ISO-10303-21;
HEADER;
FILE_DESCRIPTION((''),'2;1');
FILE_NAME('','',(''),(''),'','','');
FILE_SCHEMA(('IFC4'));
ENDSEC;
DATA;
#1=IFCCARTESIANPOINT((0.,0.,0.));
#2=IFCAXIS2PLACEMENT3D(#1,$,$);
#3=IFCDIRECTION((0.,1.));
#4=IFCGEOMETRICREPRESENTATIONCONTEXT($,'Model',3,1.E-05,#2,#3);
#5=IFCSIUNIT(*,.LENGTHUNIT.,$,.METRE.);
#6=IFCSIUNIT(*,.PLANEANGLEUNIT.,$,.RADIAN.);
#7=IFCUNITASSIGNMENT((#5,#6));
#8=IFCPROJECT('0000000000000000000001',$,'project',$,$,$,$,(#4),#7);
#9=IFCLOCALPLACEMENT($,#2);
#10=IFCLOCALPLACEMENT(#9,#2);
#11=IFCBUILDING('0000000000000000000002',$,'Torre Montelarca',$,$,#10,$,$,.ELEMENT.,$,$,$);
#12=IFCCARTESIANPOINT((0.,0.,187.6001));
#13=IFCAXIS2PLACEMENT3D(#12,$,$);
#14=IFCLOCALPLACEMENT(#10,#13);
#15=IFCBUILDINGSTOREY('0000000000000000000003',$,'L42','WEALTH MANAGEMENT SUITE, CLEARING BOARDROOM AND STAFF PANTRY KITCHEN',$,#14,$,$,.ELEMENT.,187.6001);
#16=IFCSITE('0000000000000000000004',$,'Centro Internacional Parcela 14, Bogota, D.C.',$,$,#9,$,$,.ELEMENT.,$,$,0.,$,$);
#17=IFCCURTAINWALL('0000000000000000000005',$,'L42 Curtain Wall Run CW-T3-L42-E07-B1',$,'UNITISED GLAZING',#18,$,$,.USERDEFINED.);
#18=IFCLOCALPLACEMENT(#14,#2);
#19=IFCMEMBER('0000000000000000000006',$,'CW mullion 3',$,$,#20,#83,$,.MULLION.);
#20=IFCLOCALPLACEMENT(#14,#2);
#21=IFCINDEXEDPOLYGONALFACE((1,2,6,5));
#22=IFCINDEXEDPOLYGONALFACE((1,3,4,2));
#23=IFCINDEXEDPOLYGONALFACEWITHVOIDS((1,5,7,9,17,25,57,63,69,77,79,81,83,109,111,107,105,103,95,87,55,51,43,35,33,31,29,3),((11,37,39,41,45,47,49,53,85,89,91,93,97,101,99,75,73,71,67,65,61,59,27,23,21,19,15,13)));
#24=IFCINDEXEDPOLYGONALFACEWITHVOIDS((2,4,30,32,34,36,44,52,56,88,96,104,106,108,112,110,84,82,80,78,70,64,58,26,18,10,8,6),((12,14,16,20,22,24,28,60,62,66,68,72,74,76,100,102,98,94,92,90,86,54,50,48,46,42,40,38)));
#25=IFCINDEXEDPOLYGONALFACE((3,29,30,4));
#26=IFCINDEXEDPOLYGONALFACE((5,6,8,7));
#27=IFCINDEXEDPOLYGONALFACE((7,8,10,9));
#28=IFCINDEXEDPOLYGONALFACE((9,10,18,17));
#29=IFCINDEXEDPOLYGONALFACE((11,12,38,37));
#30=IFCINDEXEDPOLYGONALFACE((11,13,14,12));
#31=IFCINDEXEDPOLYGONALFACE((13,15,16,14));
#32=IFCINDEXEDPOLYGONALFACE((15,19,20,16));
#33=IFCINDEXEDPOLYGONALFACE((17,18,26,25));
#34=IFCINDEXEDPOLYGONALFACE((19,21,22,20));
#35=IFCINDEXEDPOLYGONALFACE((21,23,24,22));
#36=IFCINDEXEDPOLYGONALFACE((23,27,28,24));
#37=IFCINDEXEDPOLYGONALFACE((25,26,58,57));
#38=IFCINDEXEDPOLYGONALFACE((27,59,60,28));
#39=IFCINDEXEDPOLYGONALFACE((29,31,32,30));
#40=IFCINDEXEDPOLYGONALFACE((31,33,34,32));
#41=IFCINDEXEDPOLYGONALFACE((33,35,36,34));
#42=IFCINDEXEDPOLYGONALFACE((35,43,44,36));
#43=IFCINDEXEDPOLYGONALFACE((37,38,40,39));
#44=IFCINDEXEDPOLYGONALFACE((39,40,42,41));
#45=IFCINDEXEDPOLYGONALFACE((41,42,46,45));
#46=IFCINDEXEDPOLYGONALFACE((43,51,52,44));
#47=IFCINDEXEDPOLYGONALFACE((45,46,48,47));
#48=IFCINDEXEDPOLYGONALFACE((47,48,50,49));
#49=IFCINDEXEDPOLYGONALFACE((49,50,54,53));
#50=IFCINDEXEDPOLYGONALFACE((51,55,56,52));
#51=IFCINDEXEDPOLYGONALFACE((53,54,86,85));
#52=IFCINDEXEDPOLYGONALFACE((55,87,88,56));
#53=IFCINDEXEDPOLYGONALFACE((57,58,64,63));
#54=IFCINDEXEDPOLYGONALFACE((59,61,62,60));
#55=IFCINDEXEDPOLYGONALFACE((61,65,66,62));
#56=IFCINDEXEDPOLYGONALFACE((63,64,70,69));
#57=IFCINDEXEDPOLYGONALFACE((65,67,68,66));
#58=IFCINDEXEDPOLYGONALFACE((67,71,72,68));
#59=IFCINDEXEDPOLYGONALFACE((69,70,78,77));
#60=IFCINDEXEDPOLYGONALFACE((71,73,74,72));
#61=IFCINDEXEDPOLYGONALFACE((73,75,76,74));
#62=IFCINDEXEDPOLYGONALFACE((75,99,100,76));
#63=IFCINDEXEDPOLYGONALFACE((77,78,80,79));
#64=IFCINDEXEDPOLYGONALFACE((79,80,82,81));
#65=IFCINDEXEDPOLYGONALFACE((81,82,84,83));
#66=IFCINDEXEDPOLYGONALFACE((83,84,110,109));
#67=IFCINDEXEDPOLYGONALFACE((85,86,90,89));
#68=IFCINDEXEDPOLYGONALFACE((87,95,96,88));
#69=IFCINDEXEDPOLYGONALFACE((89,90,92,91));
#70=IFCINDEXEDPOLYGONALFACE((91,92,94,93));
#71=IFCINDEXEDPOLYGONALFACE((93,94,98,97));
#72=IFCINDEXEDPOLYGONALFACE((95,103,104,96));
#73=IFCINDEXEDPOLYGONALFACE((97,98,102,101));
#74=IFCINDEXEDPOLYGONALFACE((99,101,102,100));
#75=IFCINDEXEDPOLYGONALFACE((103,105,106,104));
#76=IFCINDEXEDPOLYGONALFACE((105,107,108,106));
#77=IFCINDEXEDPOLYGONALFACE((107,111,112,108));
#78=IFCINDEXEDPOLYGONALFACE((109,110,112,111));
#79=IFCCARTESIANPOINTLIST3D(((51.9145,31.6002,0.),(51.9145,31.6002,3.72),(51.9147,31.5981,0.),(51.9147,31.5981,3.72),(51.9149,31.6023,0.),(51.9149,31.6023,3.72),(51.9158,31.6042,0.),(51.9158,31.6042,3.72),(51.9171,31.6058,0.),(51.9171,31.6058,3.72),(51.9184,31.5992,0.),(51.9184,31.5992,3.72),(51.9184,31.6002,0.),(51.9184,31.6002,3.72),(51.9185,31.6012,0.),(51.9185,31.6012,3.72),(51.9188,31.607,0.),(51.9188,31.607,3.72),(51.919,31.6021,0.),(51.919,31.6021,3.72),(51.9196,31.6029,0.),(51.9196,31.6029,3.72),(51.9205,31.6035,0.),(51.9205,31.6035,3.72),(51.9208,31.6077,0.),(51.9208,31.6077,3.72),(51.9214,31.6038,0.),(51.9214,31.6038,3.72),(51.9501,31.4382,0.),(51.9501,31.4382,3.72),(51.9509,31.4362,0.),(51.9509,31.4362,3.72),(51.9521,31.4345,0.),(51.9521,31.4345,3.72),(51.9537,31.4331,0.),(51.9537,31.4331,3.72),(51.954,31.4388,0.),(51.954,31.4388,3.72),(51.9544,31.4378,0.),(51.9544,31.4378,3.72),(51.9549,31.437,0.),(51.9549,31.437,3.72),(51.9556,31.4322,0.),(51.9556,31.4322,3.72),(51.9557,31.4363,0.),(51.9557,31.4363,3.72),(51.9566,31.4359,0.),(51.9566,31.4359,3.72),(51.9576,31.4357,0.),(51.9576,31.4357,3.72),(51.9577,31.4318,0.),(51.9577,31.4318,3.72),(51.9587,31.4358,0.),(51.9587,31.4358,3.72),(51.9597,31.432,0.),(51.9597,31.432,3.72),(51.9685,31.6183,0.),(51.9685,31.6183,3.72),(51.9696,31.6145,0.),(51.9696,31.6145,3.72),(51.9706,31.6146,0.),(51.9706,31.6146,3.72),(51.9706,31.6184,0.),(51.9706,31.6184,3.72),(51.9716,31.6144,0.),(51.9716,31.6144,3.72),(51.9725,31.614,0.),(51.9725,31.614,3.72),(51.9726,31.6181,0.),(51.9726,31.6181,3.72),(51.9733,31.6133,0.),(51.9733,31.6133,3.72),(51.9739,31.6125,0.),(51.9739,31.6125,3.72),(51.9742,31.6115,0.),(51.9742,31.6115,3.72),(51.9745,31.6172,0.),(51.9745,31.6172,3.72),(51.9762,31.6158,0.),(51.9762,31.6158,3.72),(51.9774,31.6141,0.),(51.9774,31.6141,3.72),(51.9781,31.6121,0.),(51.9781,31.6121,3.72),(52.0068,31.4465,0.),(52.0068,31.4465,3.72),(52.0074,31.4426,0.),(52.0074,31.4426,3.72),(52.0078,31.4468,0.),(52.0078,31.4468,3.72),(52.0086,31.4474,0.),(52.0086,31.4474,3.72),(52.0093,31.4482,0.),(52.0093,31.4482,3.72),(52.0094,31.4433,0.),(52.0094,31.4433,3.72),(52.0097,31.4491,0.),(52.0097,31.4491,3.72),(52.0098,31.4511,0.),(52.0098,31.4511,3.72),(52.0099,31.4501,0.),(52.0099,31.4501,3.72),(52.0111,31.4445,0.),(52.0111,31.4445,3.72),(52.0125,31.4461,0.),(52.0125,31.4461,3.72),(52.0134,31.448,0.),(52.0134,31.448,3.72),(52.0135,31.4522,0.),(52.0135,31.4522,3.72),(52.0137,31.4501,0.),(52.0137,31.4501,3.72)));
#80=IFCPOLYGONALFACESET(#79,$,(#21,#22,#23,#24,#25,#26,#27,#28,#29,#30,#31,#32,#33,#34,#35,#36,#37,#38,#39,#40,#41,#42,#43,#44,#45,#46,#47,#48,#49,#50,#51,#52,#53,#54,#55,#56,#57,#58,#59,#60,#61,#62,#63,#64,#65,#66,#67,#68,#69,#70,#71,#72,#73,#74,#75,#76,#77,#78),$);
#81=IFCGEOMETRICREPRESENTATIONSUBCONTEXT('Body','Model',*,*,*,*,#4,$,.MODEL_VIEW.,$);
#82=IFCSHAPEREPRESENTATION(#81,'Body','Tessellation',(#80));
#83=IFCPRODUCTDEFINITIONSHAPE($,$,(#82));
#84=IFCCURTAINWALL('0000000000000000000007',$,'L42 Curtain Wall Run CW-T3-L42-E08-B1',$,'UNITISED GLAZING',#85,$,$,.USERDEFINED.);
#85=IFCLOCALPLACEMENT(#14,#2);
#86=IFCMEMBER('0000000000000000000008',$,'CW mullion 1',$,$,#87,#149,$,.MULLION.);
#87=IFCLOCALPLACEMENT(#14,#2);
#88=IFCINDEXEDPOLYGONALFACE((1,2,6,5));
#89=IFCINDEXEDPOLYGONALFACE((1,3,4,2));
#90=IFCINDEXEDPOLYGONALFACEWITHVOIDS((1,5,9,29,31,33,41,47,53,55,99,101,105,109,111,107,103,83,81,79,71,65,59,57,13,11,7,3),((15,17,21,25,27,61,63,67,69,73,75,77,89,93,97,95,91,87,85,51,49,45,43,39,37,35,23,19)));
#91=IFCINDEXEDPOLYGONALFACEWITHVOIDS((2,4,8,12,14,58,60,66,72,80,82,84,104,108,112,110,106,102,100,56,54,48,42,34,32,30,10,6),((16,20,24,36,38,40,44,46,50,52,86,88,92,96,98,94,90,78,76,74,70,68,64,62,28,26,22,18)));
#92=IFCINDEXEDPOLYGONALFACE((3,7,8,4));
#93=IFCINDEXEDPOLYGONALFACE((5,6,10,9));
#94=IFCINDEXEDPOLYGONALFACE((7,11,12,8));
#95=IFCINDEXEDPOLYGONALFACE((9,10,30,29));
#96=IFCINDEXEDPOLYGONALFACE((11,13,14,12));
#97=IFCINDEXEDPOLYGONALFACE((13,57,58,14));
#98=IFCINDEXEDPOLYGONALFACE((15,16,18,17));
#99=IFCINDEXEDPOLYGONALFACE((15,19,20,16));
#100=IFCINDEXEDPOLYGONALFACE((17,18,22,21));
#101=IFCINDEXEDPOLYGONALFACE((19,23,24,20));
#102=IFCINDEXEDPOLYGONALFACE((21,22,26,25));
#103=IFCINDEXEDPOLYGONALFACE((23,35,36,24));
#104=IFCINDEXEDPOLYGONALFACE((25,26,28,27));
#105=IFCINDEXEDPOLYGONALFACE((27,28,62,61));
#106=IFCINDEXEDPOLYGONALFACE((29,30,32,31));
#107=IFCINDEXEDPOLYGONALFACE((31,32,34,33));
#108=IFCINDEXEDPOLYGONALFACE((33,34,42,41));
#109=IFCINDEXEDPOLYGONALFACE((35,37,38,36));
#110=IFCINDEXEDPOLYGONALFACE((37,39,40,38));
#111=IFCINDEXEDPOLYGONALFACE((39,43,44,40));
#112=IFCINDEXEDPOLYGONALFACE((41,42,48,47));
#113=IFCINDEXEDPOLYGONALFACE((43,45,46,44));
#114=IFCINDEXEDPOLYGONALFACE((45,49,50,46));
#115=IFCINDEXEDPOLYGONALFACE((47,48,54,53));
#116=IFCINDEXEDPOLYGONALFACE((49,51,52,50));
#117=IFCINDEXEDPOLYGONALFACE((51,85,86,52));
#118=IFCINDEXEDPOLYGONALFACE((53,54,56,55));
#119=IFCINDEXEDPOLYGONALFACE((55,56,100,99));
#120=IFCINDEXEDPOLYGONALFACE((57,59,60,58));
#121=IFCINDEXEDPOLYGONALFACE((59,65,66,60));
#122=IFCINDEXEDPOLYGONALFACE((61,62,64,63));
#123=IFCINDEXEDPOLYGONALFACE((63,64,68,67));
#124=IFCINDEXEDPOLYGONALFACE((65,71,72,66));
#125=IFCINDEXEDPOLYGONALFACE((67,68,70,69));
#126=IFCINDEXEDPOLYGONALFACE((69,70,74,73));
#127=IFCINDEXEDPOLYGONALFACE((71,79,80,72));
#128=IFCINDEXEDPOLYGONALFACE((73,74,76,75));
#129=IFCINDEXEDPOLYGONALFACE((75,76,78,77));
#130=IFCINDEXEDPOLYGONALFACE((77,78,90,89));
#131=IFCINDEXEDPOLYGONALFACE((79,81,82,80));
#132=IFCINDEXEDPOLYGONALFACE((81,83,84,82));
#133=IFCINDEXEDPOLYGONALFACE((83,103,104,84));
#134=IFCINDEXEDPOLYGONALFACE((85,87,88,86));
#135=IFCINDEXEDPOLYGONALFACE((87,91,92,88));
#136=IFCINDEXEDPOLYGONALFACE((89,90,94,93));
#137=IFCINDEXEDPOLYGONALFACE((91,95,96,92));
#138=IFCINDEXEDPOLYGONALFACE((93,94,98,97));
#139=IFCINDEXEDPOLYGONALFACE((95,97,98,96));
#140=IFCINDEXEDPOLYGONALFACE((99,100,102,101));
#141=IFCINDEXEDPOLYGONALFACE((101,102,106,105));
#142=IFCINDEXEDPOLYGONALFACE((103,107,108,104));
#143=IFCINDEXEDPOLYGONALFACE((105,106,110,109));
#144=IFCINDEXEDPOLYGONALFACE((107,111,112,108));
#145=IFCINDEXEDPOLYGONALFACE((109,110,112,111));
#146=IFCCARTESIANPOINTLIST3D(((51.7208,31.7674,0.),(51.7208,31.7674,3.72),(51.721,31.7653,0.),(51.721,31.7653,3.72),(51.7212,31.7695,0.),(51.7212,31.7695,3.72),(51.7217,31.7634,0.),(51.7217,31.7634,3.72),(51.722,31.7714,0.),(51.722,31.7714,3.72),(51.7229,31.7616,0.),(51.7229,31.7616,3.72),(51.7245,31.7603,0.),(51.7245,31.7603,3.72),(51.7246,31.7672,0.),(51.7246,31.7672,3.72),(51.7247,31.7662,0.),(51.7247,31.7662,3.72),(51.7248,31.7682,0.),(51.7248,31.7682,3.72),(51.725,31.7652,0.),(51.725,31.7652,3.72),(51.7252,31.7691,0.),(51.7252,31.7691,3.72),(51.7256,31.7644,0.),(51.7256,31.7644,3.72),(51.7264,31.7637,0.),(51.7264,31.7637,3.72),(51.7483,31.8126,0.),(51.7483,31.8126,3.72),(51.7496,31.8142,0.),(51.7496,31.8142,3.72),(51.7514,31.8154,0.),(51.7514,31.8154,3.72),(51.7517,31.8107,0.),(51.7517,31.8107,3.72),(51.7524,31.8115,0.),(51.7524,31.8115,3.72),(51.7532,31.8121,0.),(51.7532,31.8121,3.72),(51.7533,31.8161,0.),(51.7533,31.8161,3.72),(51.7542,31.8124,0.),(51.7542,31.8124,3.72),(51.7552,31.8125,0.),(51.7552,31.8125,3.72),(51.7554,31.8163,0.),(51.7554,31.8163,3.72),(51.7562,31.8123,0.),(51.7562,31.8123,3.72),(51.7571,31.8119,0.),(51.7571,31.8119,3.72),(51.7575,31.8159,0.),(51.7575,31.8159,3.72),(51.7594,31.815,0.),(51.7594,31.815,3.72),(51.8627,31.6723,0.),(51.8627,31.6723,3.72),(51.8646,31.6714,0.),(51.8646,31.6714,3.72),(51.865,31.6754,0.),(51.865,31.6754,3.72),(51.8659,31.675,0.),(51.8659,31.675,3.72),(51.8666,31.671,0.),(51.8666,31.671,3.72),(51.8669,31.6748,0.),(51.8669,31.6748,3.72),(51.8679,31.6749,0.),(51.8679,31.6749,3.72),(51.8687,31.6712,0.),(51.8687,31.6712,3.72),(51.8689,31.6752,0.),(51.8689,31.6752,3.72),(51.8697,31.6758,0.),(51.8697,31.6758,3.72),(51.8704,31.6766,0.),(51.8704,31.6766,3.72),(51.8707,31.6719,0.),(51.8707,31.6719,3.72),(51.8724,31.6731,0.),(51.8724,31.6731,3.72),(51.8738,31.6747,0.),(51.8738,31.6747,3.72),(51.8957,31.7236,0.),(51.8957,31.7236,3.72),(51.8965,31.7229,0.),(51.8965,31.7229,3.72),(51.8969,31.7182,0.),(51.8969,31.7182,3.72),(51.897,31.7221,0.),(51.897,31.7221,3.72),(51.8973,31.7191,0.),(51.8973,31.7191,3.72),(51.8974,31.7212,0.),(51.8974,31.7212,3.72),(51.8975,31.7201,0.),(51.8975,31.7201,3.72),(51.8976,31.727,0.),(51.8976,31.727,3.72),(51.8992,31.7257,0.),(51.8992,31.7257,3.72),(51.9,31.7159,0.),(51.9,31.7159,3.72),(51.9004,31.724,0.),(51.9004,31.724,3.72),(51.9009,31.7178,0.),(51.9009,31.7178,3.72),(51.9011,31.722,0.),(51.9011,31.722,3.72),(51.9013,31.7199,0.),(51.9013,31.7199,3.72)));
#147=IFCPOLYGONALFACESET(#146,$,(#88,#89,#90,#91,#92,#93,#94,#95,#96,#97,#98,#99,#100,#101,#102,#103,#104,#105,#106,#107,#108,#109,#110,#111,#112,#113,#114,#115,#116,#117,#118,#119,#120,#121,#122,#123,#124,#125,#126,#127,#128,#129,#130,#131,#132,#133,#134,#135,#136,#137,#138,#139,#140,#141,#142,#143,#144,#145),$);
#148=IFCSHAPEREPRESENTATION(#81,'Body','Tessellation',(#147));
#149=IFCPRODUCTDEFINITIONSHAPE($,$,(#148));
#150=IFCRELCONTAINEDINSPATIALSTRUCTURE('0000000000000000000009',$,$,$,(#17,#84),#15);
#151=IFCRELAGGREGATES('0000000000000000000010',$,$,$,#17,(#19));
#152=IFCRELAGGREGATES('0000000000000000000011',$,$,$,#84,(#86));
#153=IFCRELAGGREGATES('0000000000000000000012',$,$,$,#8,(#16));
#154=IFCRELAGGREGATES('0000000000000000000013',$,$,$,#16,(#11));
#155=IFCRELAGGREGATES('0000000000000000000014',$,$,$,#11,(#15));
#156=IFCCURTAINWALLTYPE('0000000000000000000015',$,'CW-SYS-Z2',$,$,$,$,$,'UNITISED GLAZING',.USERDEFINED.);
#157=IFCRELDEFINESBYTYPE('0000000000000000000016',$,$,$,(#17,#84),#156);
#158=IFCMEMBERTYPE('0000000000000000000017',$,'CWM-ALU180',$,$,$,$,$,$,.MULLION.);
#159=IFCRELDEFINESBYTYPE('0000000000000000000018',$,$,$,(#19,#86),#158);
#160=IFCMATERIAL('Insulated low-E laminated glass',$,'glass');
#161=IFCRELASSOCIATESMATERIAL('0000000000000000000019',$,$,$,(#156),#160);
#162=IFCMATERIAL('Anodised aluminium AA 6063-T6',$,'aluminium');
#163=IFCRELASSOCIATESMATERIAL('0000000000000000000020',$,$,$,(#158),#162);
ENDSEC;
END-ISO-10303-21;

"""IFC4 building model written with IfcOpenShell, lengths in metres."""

from ifc_helpers import new_model, si_unit, direction, frame, origin, origin_2d, place, context, subcontext, project, spatial, hollow_rectangle, extrude, source, transform, mapped, material, material_profile, profile_set, type_object, element, aggregate, save


model = new_model("IFC4")

# Units and contexts
model_context = context("Model", 3, precision=1e-05, world=origin(), true_north=direction((0.0, 1.0)))
body_context = subcontext(model_context, "Body", "Model", "MODEL_VIEW")
ifc_project = project(units=[si_unit("LENGTHUNIT", "METRE"), si_unit("PLANEANGLEUNIT", "RADIAN")], contexts=[model_context])

# Site, building, storey
site_placement = place(None, origin())
site = spatial("IfcSite", under=ifc_project, at=site_placement, Name="Centro Internacional Parcela 14, Bogota, D.C.", CompositionType="ELEMENT", RefElevation=0.0)
building_placement = place(site_placement, origin())
building = spatial("IfcBuilding", under=site, at=building_placement, Name="Torre Montelarca", CompositionType="ELEMENT")
storey_placement = place(building_placement, frame((0.0, 0.0, 187.6001)))
storey = spatial("IfcBuildingStorey", under=building, at=storey_placement, Name="L42", Description="WEALTH MANAGEMENT SUITE, CLEARING BOARDROOM AND STAFF PANTRY KITCHEN", CompositionType="ELEMENT", Elevation=187.6001)

# Curtain walls, members
ifc_material_1 = material(Name="Insulated low-E laminated glass", Category="glass")
curtain_wall_type = type_object("IfcCurtainWallType", Name="CW-SYS-Z2", ElementType="UNITISED GLAZING", PredefinedType="USERDEFINED", material=ifc_material_1)
curtain_wall_1_placement = place(storey_placement, origin())
curtain_wall_1 = element("IfcCurtainWall", 1, at=curtain_wall_1_placement, inside=storey, type_object=curtain_wall_type, Name="L42 Curtain Wall Run CW-T3-L42-E07-B1", ObjectType="UNITISED GLAZING", PredefinedType="USERDEFINED")
ifc_material_2 = material(Name="Anodised aluminium AA 6063-T6", Category="aluminium")
ifc_material_profile_1 = material_profile(ifc_material_2, hollow_rectangle(XDim=0.0649, YDim=0.1799, WallThickness=0.0039, InnerFilletRadius=0.0039, OuterFilletRadius=0.0081, at=origin_2d()), Name="ALU65X180X4", Category="aluminium")
ifc_profile_set_1 = profile_set([ifc_material_profile_1], Name="Anodised aluminium AA 6063-T6")
member_type_1 = type_object("IfcMemberType", Name="CWM-ALU180", PredefinedType="MULLION", material=ifc_profile_set_1)
shared_shape_1 = source(origin(), body_context, "Body", "SweptSolid", [
    extrude(hollow_rectangle(XDim=0.0649, YDim=0.1799, WallThickness=0.0039, InnerFilletRadius=0.0039, OuterFilletRadius=0.0081, at=origin_2d()), origin(), (0.0, 0.0, 1.0), 3.72),
])
member_1_placement = place(storey_placement, frame((51.9641, 31.5251, 0.0), z_axis=(0.0, 0.0, 1.0), x_axis=(-0.976294, -0.216448, 0.0)))
member_1 = element("IfcMember", 2, at=member_1_placement, type_object=member_type_1, Name="CW mullion 3", PredefinedType="MULLION", context=body_context, shape_type="MappedRepresentation", body=[
    mapped(shared_shape_1, transform((0.0, 0.0, 0.0), scale=1.0)),
])
curtain_wall_2_placement = place(storey_placement, origin())
curtain_wall_2 = element("IfcCurtainWall", 3, at=curtain_wall_2_placement, inside=storey, type_object=curtain_wall_type, Name="L42 Curtain Wall Run CW-T3-L42-E08-B1", ObjectType="UNITISED GLAZING", PredefinedType="USERDEFINED")
member_2_placement = place(storey_placement, frame((51.811, 31.7437, 0.0), z_axis=(0.0, 0.0, 1.0), x_axis=(-0.537301, -0.84339, 0.0)))
member_2 = element("IfcMember", 4, at=member_2_placement, type_object=member_type_1, Name="CW mullion 1", PredefinedType="MULLION", context=body_context, shape_type="MappedRepresentation", body=[
    mapped(shared_shape_1, transform((0.0, 0.0, 0.0), scale=1.0)),
])

aggregate(curtain_wall_1, [member_1])
aggregate(curtain_wall_2, [member_2])

save(model, "model.ifc")
